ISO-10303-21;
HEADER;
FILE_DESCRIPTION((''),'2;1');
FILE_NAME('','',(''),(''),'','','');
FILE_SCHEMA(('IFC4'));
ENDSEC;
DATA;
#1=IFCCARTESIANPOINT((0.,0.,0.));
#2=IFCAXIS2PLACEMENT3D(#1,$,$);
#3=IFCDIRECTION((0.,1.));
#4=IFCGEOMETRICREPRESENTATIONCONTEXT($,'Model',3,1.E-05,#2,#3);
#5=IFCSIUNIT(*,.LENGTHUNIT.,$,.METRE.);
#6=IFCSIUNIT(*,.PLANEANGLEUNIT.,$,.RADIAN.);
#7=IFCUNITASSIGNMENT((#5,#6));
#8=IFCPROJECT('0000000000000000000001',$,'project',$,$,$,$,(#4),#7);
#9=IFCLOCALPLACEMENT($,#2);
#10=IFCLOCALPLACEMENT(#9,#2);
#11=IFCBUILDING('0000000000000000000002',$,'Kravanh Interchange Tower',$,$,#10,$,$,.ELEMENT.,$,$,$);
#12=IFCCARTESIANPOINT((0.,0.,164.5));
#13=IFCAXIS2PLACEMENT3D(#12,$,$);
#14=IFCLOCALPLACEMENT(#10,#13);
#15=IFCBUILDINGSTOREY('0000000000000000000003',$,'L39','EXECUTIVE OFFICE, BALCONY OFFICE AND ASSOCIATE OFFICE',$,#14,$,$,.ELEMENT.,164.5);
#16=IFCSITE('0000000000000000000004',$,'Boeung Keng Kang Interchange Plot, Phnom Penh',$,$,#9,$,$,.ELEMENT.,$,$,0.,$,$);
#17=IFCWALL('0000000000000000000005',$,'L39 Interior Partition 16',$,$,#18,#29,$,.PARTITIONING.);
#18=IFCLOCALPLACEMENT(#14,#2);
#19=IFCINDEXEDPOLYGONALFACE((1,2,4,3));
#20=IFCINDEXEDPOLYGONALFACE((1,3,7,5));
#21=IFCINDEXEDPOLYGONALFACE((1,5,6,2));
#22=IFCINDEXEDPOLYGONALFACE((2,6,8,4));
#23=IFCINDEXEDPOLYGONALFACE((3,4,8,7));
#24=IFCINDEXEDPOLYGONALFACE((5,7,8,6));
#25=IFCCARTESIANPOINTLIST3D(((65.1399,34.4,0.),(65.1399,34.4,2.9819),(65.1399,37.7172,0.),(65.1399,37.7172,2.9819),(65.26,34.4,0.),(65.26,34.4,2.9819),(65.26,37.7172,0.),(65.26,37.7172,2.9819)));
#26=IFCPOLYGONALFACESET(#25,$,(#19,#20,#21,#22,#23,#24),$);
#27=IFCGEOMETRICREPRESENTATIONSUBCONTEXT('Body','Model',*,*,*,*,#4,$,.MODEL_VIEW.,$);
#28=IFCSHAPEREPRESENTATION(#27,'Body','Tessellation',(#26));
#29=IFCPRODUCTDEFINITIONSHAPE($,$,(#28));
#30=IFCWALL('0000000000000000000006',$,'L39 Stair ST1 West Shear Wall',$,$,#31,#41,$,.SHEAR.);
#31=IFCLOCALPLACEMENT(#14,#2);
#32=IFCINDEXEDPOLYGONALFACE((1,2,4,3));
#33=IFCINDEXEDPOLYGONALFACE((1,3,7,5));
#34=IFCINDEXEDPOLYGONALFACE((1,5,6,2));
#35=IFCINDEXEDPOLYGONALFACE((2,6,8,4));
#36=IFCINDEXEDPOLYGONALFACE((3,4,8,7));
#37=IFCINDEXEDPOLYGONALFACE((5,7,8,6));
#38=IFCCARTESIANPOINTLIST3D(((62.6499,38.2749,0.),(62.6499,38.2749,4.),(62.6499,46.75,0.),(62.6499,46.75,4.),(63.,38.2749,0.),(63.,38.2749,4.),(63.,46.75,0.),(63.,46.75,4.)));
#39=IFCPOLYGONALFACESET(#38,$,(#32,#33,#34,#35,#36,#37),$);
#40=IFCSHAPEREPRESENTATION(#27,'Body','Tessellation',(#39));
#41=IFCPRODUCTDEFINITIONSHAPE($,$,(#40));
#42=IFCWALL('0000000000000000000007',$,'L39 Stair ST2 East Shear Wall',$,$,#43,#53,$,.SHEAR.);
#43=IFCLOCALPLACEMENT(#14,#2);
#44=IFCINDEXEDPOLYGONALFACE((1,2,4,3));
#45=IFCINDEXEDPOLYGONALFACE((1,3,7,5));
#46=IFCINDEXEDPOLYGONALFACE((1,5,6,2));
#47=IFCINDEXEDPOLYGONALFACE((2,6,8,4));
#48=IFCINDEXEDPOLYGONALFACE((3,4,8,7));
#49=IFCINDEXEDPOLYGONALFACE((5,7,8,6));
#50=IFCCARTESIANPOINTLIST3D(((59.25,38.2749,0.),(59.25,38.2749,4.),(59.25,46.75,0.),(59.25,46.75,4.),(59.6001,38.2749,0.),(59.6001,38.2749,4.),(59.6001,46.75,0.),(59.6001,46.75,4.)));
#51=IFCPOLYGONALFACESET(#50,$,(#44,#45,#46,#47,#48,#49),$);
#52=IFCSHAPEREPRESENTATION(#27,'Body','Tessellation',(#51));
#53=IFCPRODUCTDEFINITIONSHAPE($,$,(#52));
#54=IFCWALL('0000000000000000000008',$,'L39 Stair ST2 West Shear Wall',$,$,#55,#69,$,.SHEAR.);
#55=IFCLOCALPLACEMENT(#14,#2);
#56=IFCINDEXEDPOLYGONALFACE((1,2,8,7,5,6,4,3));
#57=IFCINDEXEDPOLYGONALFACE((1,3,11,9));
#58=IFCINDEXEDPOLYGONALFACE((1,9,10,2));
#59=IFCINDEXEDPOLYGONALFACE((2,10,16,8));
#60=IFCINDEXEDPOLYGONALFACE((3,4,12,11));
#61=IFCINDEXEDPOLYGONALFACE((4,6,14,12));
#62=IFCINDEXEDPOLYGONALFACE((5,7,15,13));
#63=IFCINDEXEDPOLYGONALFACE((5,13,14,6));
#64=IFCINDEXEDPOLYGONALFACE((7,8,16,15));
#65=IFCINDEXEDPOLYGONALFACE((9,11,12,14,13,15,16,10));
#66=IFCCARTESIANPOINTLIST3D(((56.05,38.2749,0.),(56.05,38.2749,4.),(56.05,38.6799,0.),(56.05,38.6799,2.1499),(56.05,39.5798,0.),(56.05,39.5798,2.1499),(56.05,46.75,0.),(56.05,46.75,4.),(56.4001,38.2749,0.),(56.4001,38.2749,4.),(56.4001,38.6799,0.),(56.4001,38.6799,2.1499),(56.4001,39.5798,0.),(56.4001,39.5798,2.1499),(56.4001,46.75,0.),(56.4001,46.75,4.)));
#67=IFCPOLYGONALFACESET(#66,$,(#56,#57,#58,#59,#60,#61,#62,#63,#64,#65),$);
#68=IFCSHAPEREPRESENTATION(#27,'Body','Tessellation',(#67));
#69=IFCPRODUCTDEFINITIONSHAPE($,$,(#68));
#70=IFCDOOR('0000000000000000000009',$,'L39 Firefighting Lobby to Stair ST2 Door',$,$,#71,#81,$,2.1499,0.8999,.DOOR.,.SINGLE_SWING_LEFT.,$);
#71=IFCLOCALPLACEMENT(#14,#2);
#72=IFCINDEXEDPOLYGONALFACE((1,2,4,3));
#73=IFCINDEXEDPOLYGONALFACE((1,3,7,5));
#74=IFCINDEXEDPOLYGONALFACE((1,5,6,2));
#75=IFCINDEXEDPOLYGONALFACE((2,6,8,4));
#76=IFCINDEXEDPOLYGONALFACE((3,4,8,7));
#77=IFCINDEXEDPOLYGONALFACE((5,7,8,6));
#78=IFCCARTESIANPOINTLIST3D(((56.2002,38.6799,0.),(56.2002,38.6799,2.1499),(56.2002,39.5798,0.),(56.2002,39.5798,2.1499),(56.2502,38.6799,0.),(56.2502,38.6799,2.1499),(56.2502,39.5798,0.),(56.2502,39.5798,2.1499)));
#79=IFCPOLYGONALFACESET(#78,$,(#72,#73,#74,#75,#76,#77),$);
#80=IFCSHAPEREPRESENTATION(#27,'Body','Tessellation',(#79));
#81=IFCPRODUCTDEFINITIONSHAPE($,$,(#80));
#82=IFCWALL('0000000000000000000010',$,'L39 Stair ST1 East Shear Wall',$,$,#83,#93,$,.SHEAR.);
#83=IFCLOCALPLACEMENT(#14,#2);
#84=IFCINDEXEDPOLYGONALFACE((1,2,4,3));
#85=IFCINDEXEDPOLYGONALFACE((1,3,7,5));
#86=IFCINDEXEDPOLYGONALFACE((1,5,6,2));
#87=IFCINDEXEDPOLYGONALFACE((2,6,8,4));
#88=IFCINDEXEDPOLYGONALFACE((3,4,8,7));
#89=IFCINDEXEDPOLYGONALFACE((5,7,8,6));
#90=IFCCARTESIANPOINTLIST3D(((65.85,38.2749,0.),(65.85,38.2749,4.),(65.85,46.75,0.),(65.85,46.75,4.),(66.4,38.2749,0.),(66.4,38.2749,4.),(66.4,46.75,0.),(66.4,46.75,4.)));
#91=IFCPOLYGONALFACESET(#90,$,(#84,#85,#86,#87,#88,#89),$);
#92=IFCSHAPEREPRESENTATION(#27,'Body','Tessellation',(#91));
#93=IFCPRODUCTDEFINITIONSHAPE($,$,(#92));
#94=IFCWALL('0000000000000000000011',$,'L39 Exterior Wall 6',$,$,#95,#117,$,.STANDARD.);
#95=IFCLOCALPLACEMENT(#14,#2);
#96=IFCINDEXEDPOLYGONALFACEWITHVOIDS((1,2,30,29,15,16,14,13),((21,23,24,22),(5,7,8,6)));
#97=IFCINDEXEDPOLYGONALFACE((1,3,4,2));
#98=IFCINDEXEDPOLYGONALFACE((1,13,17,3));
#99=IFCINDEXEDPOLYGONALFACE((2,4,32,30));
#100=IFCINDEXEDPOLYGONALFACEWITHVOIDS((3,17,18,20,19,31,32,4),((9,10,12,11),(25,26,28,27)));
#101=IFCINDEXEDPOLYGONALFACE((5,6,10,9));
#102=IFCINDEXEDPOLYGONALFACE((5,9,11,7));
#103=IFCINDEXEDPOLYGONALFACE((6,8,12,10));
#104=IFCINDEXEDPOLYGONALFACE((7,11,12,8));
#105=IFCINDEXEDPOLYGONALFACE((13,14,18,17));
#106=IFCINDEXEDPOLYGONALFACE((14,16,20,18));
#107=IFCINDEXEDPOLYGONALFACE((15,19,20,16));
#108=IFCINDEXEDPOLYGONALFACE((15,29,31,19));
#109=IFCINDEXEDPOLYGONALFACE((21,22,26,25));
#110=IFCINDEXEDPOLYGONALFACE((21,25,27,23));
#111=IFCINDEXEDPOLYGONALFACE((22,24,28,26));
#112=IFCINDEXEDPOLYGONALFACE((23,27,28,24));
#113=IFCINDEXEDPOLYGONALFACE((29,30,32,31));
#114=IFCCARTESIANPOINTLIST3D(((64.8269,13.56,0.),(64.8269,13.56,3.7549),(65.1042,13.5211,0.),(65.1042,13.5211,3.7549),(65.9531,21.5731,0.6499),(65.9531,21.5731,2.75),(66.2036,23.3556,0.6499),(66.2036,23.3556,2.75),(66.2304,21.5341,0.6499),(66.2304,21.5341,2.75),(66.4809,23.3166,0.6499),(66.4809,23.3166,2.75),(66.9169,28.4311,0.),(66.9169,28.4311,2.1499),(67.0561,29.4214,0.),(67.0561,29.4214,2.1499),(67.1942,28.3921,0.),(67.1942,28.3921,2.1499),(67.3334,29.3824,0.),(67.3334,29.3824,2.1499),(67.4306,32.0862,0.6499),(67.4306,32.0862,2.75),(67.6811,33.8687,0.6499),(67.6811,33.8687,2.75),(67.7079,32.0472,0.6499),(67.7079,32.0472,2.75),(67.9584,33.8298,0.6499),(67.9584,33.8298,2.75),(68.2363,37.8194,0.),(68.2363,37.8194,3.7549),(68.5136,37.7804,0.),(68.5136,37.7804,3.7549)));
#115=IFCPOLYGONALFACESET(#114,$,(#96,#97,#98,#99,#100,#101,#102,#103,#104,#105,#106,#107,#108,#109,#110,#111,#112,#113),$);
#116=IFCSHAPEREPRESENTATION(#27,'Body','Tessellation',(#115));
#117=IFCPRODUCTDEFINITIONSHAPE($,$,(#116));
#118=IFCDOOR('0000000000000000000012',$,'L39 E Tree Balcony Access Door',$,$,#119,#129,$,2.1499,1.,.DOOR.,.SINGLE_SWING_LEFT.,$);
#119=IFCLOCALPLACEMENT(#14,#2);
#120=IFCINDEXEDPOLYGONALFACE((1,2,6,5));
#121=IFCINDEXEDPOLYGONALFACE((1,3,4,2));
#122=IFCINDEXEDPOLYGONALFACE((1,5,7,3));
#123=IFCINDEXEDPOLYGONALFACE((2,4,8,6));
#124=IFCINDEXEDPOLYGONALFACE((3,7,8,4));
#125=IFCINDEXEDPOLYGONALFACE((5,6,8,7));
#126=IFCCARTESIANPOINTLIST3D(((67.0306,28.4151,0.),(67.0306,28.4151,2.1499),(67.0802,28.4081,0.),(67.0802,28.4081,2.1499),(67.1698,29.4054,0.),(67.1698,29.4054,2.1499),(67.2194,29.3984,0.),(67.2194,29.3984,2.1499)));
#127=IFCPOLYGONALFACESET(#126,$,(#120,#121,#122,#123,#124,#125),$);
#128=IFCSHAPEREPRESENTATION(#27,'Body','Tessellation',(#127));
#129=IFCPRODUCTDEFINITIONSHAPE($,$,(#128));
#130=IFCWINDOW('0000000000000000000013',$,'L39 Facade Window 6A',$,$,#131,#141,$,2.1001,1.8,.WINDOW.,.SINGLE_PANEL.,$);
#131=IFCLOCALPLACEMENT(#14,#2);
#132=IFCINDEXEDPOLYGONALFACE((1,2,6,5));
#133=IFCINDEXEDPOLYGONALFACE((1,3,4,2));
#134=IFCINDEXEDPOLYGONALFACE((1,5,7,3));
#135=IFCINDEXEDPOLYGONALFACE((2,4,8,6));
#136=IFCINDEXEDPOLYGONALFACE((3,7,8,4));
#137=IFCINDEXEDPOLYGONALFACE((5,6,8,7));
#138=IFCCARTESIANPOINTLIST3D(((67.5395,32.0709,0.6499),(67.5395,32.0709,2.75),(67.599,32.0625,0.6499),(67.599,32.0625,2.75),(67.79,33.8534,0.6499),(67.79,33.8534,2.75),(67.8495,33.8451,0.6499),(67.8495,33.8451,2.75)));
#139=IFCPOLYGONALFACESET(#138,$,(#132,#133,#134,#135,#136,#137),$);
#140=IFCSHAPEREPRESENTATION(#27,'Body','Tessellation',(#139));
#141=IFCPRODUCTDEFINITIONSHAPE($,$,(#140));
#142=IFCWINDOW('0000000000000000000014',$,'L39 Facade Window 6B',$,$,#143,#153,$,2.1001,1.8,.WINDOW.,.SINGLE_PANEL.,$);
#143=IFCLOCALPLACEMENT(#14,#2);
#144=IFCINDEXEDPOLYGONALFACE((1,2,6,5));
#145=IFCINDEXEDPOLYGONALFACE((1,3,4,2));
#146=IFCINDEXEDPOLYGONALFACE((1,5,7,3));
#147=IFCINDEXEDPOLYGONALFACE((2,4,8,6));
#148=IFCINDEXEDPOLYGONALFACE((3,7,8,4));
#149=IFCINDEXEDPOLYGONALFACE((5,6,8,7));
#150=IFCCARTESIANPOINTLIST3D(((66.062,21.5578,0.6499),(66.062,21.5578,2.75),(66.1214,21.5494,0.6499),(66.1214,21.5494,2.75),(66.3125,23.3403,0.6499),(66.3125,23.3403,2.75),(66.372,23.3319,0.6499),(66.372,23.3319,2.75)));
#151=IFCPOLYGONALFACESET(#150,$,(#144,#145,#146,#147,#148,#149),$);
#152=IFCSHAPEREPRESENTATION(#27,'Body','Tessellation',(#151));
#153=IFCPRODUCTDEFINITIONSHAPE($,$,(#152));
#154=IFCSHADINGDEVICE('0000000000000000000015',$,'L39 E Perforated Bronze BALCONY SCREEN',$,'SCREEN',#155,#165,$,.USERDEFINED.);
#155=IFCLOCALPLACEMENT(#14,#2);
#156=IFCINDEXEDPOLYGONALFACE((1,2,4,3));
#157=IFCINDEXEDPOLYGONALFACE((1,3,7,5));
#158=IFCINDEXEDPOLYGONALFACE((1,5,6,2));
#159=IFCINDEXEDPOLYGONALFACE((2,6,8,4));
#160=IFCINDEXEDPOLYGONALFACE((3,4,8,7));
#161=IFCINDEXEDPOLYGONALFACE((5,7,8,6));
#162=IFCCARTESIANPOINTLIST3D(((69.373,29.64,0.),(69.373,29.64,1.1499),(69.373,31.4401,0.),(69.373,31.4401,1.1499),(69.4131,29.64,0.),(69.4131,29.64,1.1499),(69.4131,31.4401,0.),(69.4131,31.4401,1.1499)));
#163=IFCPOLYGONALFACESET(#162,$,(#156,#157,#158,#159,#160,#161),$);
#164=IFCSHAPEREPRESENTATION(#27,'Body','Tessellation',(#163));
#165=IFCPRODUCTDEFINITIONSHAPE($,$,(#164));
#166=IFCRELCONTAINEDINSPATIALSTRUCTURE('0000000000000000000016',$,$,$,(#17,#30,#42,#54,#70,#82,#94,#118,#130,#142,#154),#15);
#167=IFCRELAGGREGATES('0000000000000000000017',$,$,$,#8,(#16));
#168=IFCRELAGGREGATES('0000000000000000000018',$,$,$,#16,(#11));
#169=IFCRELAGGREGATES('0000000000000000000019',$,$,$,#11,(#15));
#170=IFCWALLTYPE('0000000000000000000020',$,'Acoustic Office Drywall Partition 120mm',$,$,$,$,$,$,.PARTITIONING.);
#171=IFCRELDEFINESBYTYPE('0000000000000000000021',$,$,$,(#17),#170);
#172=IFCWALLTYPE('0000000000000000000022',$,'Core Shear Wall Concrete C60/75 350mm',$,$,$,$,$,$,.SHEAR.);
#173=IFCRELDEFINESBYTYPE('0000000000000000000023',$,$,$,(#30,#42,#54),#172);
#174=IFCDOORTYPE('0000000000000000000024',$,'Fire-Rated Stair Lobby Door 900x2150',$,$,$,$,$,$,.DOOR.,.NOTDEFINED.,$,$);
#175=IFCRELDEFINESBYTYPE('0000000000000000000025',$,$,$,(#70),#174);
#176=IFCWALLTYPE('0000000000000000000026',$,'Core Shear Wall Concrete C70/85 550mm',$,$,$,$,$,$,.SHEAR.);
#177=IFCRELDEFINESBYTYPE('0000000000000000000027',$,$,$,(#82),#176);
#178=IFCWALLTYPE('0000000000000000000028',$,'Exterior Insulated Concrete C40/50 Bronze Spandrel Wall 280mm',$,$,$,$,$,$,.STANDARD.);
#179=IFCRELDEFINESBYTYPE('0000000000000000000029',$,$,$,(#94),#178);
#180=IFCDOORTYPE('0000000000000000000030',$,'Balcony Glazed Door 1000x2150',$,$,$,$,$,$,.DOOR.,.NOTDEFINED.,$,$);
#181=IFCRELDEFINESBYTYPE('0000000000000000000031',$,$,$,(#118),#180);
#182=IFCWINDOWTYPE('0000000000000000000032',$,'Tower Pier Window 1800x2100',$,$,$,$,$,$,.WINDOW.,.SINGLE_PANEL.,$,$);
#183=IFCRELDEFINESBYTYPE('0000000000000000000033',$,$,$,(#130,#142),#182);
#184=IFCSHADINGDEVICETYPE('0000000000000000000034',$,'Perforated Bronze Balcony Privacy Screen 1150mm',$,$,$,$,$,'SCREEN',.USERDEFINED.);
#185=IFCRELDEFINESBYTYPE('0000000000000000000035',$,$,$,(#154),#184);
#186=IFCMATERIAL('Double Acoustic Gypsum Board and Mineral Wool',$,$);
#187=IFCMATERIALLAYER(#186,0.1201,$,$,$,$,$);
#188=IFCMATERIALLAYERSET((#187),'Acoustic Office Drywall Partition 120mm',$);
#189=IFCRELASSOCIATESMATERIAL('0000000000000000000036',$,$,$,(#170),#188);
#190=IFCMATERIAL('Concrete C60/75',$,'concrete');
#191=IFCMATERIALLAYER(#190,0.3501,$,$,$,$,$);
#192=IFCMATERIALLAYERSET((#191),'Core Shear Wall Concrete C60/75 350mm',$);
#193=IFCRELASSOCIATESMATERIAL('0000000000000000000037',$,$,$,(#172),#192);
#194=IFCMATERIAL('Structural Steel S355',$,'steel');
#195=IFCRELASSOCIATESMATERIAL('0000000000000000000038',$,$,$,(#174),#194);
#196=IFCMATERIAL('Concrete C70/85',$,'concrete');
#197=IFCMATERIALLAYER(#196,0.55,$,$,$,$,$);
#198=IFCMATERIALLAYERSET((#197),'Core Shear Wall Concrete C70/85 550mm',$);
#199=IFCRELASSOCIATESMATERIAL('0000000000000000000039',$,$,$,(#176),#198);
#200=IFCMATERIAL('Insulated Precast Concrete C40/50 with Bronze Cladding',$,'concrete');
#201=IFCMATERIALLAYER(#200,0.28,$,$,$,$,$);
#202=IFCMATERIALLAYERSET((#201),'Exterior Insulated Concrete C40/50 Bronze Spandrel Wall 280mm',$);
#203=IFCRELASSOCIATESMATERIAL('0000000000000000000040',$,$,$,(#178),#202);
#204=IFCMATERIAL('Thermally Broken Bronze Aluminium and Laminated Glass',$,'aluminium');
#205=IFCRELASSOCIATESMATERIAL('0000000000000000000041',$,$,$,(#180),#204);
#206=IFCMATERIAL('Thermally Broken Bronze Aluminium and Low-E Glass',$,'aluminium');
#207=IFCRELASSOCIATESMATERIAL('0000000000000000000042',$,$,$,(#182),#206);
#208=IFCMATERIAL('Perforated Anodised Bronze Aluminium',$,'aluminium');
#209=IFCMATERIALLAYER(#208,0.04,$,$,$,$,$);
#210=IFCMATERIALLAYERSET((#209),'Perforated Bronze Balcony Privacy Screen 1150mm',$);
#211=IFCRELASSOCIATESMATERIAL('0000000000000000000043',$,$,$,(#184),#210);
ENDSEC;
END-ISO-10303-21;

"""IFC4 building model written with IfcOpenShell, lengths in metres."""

from ifc_helpers import new_model, si_unit, direction, frame, frame_2d, origin, origin_2d, place, context, subcontext, project, spatial, rectangle, extrude, material, layer, layer_set, type_object, element, fill, save


model = new_model("IFC4")

# Units and contexts
model_context = context("Model", 3, precision=1e-05, world=origin(), true_north=direction((0.0, 1.0)))
body_context = subcontext(model_context, "Body", "Model", "MODEL_VIEW")
ifc_project = project(units=[si_unit("LENGTHUNIT", "METRE"), si_unit("PLANEANGLEUNIT", "RADIAN")], contexts=[model_context])

# Site, building, storey
site_placement = place(None, origin())
site = spatial("IfcSite", under=ifc_project, at=site_placement, Name="Boeung Keng Kang Interchange Plot, Phnom Penh", CompositionType="ELEMENT", RefElevation=0.0)
building_placement = place(site_placement, origin())
building = spatial("IfcBuilding", under=site, at=building_placement, Name="Kravanh Interchange Tower", CompositionType="ELEMENT")
storey_placement = place(building_placement, frame((0.0, 0.0, 164.5)))
storey = spatial("IfcBuildingStorey", under=building, at=storey_placement, Name="L39", Description="EXECUTIVE OFFICE, BALCONY OFFICE AND ASSOCIATE OFFICE", CompositionType="ELEMENT", Elevation=164.5)

# Walls
ifc_material_1 = material(Name="Double Acoustic Gypsum Board and Mineral Wool")
ifc_layer_1 = layer(ifc_material_1, 0.1201)
ifc_layer_set_1 = layer_set([ifc_layer_1], Name="Acoustic Office Drywall Partition 120mm")
wall_type_1 = type_object("IfcWallType", Name="Acoustic Office Drywall Partition 120mm", PredefinedType="PARTITIONING", material=ifc_layer_set_1)
wall_1_placement = place(storey_placement, frame((65.2, 34.3999, 0.0), z_axis=(0.0, 0.0, 1.0), x_axis=(0.0, 1.0, 0.0)))
element("IfcWall", 1, at=wall_1_placement, inside=storey, type_object=wall_type_1, Name="L39 Interior Partition 16", PredefinedType="PARTITIONING", context=body_context, shape_type="SweptSolid", body=[
    extrude(rectangle(XDim=3.3171, YDim=0.1201, at=frame_2d((1.6587, 0.0))), origin(), (0.0, 0.0, 1.0), 2.9819),
])
ifc_material_2 = material(Name="Concrete C60/75", Category="concrete")
ifc_layer_2 = layer(ifc_material_2, 0.3501)
ifc_layer_set_2 = layer_set([ifc_layer_2], Name="Core Shear Wall Concrete C60/75 350mm")
wall_type_2 = type_object("IfcWallType", Name="Core Shear Wall Concrete C60/75 350mm", PredefinedType="SHEAR", material=ifc_layer_set_2)
for number, where, z_axis, x_axis, name in (
    (2, (62.825, 38.2749, 0.0), (0.0, 0.0, 1.0), (0.0, 1.0, 0.0), "L39 Stair ST1 West Shear Wall"),
    (3, (59.425, 38.2749, 0.0), (0.0, 0.0, 1.0), (0.0, 1.0, 0.0), "L39 Stair ST2 East Shear Wall"),
):
    element("IfcWall", number, at=place(storey_placement, frame(where, z_axis=z_axis, x_axis=x_axis)), inside=storey, type_object=wall_type_2, Name=name, PredefinedType="SHEAR", context=body_context, shape_type="SweptSolid", body=[
        extrude(rectangle(XDim=8.4751, YDim=0.3501, at=frame_2d((4.2375, 0.0))), origin(), (0.0, 0.0, 1.0), 4.0),
    ])

# Wall, opening, door
wall_2_placement = place(storey_placement, frame((56.2251, 38.2749, 0.0), z_axis=(0.0, 0.0, 1.0), x_axis=(0.0, 1.0, 0.0)))
wall_2 = element("IfcWall", 4, at=wall_2_placement, inside=storey, type_object=wall_type_2, Name="L39 Stair ST2 West Shear Wall", PredefinedType="SHEAR", context=body_context, shape_type="SweptSolid", body=[
    extrude(rectangle(XDim=8.4751, YDim=0.3501, at=frame_2d((4.2375, 0.0))), origin(), (0.0, 0.0, 1.0), 4.0),
])
opening_1_placement = place(wall_2_placement, frame((0.405, 0.0, 0.0)))
opening_1 = element("IfcOpeningElement", 5, at=opening_1_placement, cuts=wall_2, PredefinedType="OPENING", context=body_context, shape_type="SweptSolid", body=[
    extrude(rectangle(XDim=0.8999, YDim=2.1499, at=frame_2d((0.45, 1.075))), frame((0.0, 0.1851, 0.0), z_axis=(0.0, -1.0, 0.0), x_axis=(1.0, 0.0, 0.0)), (0.0, 0.0, 1.0), 0.3701),
])
ifc_material_3 = material(Name="Structural Steel S355", Category="steel")
door_type_1 = type_object("IfcDoorType", Name="Fire-Rated Stair Lobby Door 900x2150", OperationType="NOTDEFINED", PredefinedType="DOOR", material=ifc_material_3)
door_1_placement = place(opening_1_placement, origin())
door_1 = element("IfcDoor", 6, at=door_1_placement, inside=storey, type_object=door_type_1, Name="L39 Firefighting Lobby to Stair ST2 Door", OperationType="SINGLE_SWING_LEFT", OverallHeight=2.1499, OverallWidth=0.8999, PredefinedType="DOOR", context=body_context, shape_type="SweptSolid", body=[
    extrude(rectangle(XDim=0.8999, YDim=2.1499, at=frame_2d((0.45, 1.075))), frame((0.0, 0.0249, 0.0), z_axis=(0.0, -1.0, 0.0), x_axis=(1.0, 0.0, 0.0)), (0.0, 0.0, 1.0), 0.05),
])
fill(opening_1, door_1)

# Wall
ifc_material_4 = material(Name="Concrete C70/85", Category="concrete")
ifc_layer_3 = layer(ifc_material_4, 0.55)
ifc_layer_set_3 = layer_set([ifc_layer_3], Name="Core Shear Wall Concrete C70/85 550mm")
wall_type_3 = type_object("IfcWallType", Name="Core Shear Wall Concrete C70/85 550mm", PredefinedType="SHEAR", material=ifc_layer_set_3)
wall_3_placement = place(storey_placement, frame((66.125, 38.2749, 0.0), z_axis=(0.0, 0.0, 1.0), x_axis=(0.0, 1.0, 0.0)))
element("IfcWall", 7, at=wall_3_placement, inside=storey, type_object=wall_type_3, Name="L39 Stair ST1 East Shear Wall", PredefinedType="SHEAR", context=body_context, shape_type="SweptSolid", body=[
    extrude(rectangle(XDim=8.4751, YDim=0.55, at=frame_2d((4.2375, 0.0))), origin(), (0.0, 0.0, 1.0), 4.0),
])

# Wall, openings, door, windows
ifc_material_5 = material(Name="Insulated Precast Concrete C40/50 with Bronze Cladding", Category="concrete")
ifc_layer_4 = layer(ifc_material_5, 0.28)
ifc_layer_set_4 = layer_set([ifc_layer_4], Name="Exterior Insulated Concrete C40/50 Bronze Spandrel Wall 280mm")
wall_type_4 = type_object("IfcWallType", Name="Exterior Insulated Concrete C40/50 Bronze Spandrel Wall 280mm", PredefinedType="STANDARD", material=ifc_layer_set_4)
wall_4_placement = place(storey_placement, frame((68.375, 37.8, 0.0), z_axis=(0.0, 0.0, 1.0), x_axis=(-0.139173, -0.990268, 0.0)))
wall_4 = element("IfcWall", 8, at=wall_4_placement, inside=storey, type_object=wall_type_4, Name="L39 Exterior Wall 6", PredefinedType="STANDARD", context=body_context, shape_type="SweptSolid", body=[
    extrude(rectangle(XDim=24.4978, YDim=0.28, at=frame_2d((12.249, 0.0))), origin(), (0.0, 0.0, 1.0), 3.7549),
])
opening_2_placement = place(wall_4_placement, frame((8.4807, 0.0, 0.0)))
opening_2 = element("IfcOpeningElement", 9, at=opening_2_placement, cuts=wall_4, PredefinedType="OPENING", context=body_context, shape_type="SweptSolid", body=[
    extrude(rectangle(XDim=1.0, YDim=2.1499, at=frame_2d((0.5, 1.075))), frame((0.0, 0.1499, 0.0), z_axis=(0.0, -1.0, 0.0), x_axis=(1.0, 0.0, 0.0)), (0.0, 0.0, 1.0), 0.3),
])
opening_3_placement = place(wall_4_placement, frame((3.9897, 0.0, 0.6499)))
opening_3 = element("IfcOpeningElement", 10, at=opening_3_placement, cuts=wall_4, PredefinedType="OPENING", context=body_context, shape_type="SweptSolid", body=[
    extrude(rectangle(XDim=1.8, YDim=2.1001, at=frame_2d((0.8999, 1.05))), frame((0.0, 0.1499, 0.0), z_axis=(0.0, -1.0, 0.0), x_axis=(1.0, 0.0, 0.0)), (0.0, 0.0, 1.0), 0.3),
])
opening_4_placement = place(wall_4_placement, frame((14.6062, 0.0, 0.6499)))
opening_4 = element("IfcOpeningElement", 11, at=opening_4_placement, cuts=wall_4, PredefinedType="OPENING", context=body_context, shape_type="SweptSolid", body=[
    extrude(rectangle(XDim=1.8, YDim=2.1001, at=frame_2d((0.8999, 1.05))), frame((0.0, 0.1499, 0.0), z_axis=(0.0, -1.0, 0.0), x_axis=(1.0, 0.0, 0.0)), (0.0, 0.0, 1.0), 0.3),
])
ifc_material_6 = material(Name="Thermally Broken Bronze Aluminium and Laminated Glass", Category="aluminium")
door_type_2 = type_object("IfcDoorType", Name="Balcony Glazed Door 1000x2150", OperationType="NOTDEFINED", PredefinedType="DOOR", material=ifc_material_6)
door_2_placement = place(opening_2_placement, origin())
door_2 = element("IfcDoor", 12, at=door_2_placement, inside=storey, type_object=door_type_2, Name="L39 E Tree Balcony Access Door", OperationType="SINGLE_SWING_LEFT", OverallHeight=2.1499, OverallWidth=1.0, PredefinedType="DOOR", context=body_context, shape_type="SweptSolid", body=[
    extrude(rectangle(XDim=1.0, YDim=2.1499, at=frame_2d((0.5, 1.075))), frame((0.0, 0.0249, 0.0), z_axis=(0.0, -1.0, 0.0), x_axis=(1.0, 0.0, 0.0)), (0.0, 0.0, 1.0), 0.05),
])
fill(opening_2, door_2)
ifc_material_7 = material(Name="Thermally Broken Bronze Aluminium and Low-E Glass", Category="aluminium")
window_type = type_object("IfcWindowType", Name="Tower Pier Window 1800x2100", PartitioningType="SINGLE_PANEL", PredefinedType="WINDOW", material=ifc_material_7)
window_1_placement = place(opening_3_placement, origin())
window_1 = element("IfcWindow", 13, at=window_1_placement, inside=storey, type_object=window_type, Name="L39 Facade Window 6A", OverallHeight=2.1001, OverallWidth=1.8, PartitioningType="SINGLE_PANEL", PredefinedType="WINDOW", context=body_context, shape_type="SweptSolid", body=[
    extrude(rectangle(XDim=1.8, YDim=2.1001, at=frame_2d((0.8999, 1.05))), frame((0.0, 0.03, 0.0), z_axis=(0.0, -1.0, 0.0), x_axis=(1.0, 0.0, 0.0)), (0.0, 0.0, 1.0), 0.0601),
])
fill(opening_3, window_1)
window_2_placement = place(opening_4_placement, origin())
window_2 = element("IfcWindow", 14, at=window_2_placement, inside=storey, type_object=window_type, Name="L39 Facade Window 6B", OverallHeight=2.1001, OverallWidth=1.8, PartitioningType="SINGLE_PANEL", PredefinedType="WINDOW", context=body_context, shape_type="SweptSolid", body=[
    extrude(rectangle(XDim=1.8, YDim=2.1001, at=frame_2d((0.8999, 1.05))), frame((0.0, 0.03, 0.0), z_axis=(0.0, -1.0, 0.0), x_axis=(1.0, 0.0, 0.0)), (0.0, 0.0, 1.0), 0.0601),
])
fill(opening_4, window_2)

# Shading device
ifc_material_8 = material(Name="Perforated Anodised Bronze Aluminium", Category="aluminium")
ifc_layer_5 = layer(ifc_material_8, 0.04)
ifc_layer_set_5 = layer_set([ifc_layer_5], Name="Perforated Bronze Balcony Privacy Screen 1150mm")
shading_device_type = type_object("IfcShadingDeviceType", Name="Perforated Bronze Balcony Privacy Screen 1150mm", ElementType="SCREEN", PredefinedType="USERDEFINED", material=ifc_layer_set_5)
shading_device_placement = place(storey_placement, frame((69.3931, 30.54, 0.0), z_axis=(0.0, 0.0, 1.0), x_axis=(1.0, 0.0, 0.0)))
element("IfcShadingDevice", 15, at=shading_device_placement, inside=storey, type_object=shading_device_type, Name="L39 E Perforated Bronze BALCONY SCREEN", ObjectType="SCREEN", PredefinedType="USERDEFINED", context=body_context, shape_type="SweptSolid", body=[
    extrude(rectangle(XDim=0.04, YDim=1.8, at=origin_2d()), origin(), (0.0, 0.0, 1.0), 1.1499),
])

save(model, "model.ifc")
